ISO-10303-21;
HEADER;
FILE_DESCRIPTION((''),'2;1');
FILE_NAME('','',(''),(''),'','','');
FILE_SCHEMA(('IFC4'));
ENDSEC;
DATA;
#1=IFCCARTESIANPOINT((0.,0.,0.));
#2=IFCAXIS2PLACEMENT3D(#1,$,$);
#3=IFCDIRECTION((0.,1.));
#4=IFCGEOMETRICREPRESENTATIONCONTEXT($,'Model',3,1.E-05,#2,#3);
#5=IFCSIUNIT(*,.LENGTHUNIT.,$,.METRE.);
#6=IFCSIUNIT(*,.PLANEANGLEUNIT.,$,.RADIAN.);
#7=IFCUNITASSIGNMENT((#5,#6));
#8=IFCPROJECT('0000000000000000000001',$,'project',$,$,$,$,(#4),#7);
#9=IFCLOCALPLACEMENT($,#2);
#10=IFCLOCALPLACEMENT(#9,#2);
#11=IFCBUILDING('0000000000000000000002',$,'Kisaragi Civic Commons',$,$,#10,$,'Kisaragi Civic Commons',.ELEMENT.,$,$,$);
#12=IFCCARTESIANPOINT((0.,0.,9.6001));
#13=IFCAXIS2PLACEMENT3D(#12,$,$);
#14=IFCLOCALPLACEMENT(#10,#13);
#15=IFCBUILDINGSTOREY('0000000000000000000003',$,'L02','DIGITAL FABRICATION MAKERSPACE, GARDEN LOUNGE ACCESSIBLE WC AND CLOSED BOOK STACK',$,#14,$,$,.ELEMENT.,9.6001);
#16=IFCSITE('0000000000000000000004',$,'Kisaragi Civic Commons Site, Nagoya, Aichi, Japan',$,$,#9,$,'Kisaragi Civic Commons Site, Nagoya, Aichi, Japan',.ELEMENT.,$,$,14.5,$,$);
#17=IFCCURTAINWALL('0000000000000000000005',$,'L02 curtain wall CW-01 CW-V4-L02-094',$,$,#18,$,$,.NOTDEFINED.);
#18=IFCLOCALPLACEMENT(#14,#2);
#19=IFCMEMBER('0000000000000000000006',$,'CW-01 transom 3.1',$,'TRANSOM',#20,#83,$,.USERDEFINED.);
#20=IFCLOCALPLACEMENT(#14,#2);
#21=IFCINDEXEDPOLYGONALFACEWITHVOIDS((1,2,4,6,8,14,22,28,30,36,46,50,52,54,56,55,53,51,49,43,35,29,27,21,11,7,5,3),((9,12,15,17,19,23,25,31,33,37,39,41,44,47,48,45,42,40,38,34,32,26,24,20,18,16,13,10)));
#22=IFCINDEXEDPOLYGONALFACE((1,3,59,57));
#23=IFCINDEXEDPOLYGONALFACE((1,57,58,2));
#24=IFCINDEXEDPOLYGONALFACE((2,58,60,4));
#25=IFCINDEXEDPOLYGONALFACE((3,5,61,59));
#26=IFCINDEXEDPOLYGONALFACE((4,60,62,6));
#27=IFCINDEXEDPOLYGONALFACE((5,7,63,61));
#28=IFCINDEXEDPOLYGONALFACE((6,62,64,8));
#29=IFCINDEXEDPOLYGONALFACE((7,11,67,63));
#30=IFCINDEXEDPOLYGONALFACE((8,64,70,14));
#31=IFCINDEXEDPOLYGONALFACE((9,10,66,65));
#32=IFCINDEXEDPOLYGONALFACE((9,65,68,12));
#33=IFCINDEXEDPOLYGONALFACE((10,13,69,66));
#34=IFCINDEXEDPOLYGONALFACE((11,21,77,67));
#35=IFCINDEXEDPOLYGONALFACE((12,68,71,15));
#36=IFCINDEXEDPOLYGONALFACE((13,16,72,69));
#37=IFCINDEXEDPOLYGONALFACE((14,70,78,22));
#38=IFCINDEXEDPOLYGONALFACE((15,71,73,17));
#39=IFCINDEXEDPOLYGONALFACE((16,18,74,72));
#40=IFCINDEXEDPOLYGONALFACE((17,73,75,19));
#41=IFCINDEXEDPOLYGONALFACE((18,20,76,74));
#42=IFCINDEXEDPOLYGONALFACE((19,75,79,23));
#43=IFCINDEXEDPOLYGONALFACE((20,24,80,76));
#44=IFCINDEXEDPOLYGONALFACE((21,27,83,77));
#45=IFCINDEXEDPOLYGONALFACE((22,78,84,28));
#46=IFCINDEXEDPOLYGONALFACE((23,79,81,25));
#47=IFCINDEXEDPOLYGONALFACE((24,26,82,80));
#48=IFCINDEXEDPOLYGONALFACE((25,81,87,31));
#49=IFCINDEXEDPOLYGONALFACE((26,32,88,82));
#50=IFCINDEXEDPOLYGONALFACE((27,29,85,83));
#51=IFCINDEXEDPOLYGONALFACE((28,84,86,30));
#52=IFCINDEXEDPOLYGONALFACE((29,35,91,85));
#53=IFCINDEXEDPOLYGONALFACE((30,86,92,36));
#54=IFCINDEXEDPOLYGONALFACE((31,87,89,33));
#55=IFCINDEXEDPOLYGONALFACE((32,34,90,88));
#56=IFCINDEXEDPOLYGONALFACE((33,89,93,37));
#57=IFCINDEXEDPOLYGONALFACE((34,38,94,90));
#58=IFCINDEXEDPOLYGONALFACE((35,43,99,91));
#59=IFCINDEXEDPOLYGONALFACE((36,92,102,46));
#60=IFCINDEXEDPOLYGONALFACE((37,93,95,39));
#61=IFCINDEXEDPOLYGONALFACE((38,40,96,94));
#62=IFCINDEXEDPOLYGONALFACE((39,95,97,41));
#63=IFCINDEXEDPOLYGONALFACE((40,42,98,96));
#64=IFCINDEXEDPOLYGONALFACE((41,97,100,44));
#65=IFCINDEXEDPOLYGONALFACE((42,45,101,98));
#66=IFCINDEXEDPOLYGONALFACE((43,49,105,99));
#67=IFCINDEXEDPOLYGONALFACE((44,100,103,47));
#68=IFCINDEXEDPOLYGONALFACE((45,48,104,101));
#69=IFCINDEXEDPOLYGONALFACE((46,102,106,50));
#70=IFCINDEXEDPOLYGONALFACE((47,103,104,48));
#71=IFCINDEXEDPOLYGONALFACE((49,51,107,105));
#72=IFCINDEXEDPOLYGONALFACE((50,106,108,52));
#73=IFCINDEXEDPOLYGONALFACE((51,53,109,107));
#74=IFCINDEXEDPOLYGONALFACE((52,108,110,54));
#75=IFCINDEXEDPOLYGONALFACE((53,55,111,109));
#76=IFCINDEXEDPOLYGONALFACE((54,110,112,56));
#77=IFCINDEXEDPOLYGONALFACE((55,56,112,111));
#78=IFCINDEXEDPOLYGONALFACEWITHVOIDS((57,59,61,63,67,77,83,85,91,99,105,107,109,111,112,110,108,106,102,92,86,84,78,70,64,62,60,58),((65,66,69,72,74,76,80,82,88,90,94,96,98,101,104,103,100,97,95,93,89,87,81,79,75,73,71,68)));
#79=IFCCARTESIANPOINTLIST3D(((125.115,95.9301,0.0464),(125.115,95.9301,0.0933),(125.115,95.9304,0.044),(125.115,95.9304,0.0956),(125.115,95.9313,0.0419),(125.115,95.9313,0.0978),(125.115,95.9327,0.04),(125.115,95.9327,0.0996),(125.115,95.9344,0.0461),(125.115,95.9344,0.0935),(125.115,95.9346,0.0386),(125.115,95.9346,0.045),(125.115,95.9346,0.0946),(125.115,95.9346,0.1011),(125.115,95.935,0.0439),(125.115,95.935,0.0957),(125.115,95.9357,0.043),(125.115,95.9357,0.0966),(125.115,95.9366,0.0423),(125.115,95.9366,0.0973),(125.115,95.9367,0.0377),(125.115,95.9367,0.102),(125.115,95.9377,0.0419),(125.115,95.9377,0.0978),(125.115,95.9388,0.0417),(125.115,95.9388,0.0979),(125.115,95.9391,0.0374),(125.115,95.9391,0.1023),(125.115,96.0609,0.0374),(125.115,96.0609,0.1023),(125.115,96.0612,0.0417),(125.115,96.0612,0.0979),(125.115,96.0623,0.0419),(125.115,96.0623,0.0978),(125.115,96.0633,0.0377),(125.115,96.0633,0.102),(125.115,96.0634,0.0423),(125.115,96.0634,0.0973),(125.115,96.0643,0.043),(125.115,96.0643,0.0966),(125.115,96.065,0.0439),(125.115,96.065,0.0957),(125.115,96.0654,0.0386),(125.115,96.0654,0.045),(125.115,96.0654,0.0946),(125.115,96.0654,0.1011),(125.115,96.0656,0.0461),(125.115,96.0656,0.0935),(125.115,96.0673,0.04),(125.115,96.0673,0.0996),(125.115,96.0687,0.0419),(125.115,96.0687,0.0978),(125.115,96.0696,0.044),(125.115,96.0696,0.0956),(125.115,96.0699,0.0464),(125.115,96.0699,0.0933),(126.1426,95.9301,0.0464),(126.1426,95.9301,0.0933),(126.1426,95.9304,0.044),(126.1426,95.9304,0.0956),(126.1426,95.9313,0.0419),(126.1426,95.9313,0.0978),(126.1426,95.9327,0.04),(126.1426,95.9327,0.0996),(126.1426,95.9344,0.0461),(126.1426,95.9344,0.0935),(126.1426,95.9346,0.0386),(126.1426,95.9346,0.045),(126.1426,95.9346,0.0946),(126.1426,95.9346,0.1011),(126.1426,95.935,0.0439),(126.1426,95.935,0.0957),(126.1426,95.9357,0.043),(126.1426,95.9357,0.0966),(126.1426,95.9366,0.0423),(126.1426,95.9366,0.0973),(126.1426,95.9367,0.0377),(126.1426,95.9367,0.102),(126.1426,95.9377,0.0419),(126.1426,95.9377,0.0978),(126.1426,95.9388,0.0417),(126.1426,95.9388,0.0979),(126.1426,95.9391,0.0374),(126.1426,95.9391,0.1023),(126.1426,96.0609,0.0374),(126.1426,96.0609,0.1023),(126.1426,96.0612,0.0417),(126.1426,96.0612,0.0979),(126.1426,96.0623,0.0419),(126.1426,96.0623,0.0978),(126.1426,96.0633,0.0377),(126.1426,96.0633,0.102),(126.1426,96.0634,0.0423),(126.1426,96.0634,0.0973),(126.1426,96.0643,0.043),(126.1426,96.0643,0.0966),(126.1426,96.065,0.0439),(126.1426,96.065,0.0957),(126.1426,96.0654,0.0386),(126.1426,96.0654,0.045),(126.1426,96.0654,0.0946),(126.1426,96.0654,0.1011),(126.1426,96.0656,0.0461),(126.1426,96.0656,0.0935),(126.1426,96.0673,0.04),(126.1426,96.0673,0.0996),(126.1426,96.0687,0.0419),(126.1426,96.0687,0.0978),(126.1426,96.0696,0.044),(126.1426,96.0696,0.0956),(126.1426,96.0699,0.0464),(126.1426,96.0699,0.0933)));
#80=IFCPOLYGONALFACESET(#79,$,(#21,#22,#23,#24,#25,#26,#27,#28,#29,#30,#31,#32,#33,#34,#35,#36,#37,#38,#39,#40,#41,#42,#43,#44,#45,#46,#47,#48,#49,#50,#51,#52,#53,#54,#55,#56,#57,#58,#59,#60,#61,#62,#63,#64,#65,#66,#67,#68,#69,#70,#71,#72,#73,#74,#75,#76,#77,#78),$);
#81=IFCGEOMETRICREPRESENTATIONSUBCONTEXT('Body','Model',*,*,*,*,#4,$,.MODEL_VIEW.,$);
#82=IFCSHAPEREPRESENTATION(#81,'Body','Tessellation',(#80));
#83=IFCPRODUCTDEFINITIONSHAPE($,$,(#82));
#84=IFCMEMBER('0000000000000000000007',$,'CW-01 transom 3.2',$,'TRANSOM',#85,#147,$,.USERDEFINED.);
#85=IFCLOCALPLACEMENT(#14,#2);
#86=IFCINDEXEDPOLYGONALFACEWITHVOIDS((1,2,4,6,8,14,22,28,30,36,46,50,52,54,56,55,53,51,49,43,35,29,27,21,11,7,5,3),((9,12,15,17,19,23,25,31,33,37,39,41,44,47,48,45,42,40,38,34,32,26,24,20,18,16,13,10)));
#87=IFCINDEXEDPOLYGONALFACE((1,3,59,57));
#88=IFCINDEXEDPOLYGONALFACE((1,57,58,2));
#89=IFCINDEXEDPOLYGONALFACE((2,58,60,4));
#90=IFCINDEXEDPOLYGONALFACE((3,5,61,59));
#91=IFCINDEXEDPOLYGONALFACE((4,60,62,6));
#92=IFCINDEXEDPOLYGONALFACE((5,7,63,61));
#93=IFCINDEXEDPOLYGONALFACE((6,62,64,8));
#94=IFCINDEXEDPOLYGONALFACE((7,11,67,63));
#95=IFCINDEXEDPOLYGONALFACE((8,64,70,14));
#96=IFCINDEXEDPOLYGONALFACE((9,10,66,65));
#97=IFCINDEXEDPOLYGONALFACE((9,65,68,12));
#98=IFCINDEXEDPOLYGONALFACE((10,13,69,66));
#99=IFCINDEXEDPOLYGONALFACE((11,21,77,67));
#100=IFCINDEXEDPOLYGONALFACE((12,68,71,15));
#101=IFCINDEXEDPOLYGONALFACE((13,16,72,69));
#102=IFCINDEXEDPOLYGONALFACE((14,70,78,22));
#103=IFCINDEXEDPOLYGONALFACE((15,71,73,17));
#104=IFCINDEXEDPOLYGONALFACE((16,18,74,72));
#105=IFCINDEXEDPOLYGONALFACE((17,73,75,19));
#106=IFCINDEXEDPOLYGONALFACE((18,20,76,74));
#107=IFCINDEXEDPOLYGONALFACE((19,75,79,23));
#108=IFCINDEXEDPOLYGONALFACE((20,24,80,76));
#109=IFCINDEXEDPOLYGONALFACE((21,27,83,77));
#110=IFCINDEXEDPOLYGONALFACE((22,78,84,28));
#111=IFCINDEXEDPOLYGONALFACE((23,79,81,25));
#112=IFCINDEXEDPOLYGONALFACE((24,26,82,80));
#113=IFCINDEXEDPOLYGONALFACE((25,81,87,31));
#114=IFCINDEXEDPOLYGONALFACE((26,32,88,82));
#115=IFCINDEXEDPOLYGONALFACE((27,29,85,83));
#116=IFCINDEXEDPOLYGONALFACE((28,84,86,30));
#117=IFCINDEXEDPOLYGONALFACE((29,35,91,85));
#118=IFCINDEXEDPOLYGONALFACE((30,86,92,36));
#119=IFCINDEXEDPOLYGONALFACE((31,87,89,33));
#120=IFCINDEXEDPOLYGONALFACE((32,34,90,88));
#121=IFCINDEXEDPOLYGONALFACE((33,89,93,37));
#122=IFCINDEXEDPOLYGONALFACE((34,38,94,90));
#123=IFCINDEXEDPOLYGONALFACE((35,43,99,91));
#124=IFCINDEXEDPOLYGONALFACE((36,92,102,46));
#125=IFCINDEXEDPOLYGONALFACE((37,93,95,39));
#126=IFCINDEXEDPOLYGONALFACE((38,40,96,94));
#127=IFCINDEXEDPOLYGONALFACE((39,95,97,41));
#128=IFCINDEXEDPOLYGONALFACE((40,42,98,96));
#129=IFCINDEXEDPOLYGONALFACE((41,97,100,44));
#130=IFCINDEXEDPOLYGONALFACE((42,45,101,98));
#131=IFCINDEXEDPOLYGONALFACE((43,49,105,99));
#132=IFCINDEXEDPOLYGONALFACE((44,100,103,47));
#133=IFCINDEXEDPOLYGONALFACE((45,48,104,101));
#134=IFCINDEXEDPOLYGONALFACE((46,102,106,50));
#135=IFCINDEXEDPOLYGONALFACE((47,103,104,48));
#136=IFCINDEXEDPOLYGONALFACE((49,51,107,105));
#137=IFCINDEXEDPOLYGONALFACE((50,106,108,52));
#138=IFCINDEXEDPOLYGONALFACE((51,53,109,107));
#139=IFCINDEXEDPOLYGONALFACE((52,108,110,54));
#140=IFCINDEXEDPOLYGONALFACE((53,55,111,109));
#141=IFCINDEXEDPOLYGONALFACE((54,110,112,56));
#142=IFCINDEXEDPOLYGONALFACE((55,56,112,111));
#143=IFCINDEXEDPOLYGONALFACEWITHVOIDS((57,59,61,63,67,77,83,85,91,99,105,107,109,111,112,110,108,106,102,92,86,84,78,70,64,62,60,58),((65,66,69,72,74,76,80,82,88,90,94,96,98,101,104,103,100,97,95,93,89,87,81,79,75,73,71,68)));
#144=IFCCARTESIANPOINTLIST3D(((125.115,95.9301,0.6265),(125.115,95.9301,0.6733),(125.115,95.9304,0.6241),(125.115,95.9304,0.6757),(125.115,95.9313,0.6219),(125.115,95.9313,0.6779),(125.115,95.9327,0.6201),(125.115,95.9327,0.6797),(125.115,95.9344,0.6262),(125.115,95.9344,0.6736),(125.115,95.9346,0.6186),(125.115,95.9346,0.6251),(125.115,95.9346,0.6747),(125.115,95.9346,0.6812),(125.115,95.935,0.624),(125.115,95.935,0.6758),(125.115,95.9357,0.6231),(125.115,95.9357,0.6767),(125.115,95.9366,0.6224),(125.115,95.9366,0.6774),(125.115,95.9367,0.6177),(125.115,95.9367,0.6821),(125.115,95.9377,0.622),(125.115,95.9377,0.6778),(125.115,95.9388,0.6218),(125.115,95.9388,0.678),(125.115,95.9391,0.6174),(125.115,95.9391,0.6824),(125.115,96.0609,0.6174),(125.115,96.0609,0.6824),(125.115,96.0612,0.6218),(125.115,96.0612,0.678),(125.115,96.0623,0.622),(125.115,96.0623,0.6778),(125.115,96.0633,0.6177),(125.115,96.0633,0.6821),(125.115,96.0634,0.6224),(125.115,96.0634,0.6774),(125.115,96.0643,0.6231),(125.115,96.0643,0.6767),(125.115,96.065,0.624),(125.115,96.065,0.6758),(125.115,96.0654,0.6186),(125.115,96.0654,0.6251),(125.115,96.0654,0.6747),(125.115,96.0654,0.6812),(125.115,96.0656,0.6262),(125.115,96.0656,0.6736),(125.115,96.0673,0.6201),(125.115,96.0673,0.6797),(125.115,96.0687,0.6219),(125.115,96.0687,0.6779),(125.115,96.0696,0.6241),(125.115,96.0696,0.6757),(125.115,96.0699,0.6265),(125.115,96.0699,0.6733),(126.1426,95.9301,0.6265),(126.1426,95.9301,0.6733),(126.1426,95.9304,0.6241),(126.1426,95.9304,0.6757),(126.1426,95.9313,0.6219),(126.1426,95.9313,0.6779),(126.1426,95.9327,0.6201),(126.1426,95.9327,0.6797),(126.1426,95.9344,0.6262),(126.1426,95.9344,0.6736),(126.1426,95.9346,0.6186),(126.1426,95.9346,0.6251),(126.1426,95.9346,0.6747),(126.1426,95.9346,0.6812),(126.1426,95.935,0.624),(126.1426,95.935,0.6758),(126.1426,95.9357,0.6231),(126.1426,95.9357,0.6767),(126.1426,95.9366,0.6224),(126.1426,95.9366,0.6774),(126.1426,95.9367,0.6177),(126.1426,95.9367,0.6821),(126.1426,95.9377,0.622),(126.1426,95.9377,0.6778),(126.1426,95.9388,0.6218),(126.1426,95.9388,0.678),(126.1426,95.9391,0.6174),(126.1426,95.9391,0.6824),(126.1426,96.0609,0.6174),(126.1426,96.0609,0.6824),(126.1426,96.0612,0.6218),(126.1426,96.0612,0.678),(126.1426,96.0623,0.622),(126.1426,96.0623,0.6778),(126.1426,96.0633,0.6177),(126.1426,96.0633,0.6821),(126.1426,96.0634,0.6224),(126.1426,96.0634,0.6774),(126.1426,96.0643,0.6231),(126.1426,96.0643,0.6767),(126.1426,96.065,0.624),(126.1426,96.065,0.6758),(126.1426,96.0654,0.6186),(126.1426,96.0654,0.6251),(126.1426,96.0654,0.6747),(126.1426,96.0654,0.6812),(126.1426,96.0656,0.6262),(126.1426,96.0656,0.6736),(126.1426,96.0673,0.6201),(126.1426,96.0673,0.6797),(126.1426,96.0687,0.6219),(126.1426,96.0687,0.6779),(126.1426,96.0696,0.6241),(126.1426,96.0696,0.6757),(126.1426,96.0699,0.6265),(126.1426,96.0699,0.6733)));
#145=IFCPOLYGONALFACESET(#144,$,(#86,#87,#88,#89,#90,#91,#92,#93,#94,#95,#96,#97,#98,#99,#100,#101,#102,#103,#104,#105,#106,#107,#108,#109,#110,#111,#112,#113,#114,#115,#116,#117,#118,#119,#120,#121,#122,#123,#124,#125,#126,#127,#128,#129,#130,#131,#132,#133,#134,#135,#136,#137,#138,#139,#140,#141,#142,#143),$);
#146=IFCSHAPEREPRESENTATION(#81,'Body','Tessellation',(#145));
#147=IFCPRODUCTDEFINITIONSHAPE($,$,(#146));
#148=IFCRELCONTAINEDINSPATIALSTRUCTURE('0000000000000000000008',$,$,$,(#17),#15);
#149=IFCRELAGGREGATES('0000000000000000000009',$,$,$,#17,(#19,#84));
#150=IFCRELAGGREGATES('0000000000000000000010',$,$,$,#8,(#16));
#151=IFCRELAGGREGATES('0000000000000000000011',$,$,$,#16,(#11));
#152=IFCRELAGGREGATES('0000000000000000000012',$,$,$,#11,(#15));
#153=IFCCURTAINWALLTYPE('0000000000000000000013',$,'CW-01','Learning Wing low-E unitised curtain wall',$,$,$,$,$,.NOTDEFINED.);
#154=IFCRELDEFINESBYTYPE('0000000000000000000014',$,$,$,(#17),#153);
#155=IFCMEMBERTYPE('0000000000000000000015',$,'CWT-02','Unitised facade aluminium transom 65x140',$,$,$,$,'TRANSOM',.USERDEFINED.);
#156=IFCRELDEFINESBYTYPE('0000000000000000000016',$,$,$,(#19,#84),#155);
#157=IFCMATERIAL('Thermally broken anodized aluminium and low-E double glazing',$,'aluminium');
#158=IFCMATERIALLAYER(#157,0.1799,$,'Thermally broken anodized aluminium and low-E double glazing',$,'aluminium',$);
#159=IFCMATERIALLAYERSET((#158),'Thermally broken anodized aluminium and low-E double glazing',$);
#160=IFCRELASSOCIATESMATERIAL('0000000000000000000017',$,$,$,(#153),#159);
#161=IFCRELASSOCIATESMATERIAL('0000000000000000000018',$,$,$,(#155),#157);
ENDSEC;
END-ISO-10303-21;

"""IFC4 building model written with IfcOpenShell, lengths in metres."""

from ifc_helpers import new_model, si_unit, direction, frame, origin, origin_2d, place, context, subcontext, project, spatial, hollow_rectangle, extrude, material, layer, layer_set, material_profile, profile_set, type_object, element, aggregate, save


model = new_model("IFC4")

# Units and contexts
model_context = context("Model", 3, precision=1e-05, world=origin(), true_north=direction((0.0, 1.0)))
body_context = subcontext(model_context, "Body", "Model", "MODEL_VIEW")
ifc_project = project(units=[si_unit("LENGTHUNIT", "METRE"), si_unit("PLANEANGLEUNIT", "RADIAN")], contexts=[model_context])

# Site, building, storey
site_placement = place(None, origin())
site = spatial("IfcSite", under=ifc_project, at=site_placement, Name="Kisaragi Civic Commons Site, Nagoya, Aichi, Japan", LongName="Kisaragi Civic Commons Site, Nagoya, Aichi, Japan", CompositionType="ELEMENT", RefElevation=14.5)
building_placement = place(site_placement, origin())
building = spatial("IfcBuilding", under=site, at=building_placement, Name="Kisaragi Civic Commons", LongName="Kisaragi Civic Commons", CompositionType="ELEMENT")
storey_placement = place(building_placement, frame((0.0, 0.0, 9.6001)))
storey = spatial("IfcBuildingStorey", under=building, at=storey_placement, Name="L02", Description="DIGITAL FABRICATION MAKERSPACE, GARDEN LOUNGE ACCESSIBLE WC AND CLOSED BOOK STACK", CompositionType="ELEMENT", Elevation=9.6001)

# Curtain wall, members
ifc_material_1 = material(Name="Thermally broken anodized aluminium and low-E double glazing", Category="aluminium")
ifc_layer_1 = layer(ifc_material_1, 0.1799, Name="Thermally broken anodized aluminium and low-E double glazing", Category="aluminium")
ifc_layer_set_1 = layer_set([ifc_layer_1], Name="Thermally broken anodized aluminium and low-E double glazing")
curtain_wall_type = type_object("IfcCurtainWallType", Name="CW-01", Description="Learning Wing low-E unitised curtain wall", PredefinedType="NOTDEFINED", material=ifc_layer_set_1)
curtain_wall_placement = place(storey_placement, origin())
curtain_wall = element("IfcCurtainWall", 1, at=curtain_wall_placement, inside=storey, type_object=curtain_wall_type, Name="L02 curtain wall CW-01 CW-V4-L02-094", PredefinedType="NOTDEFINED")
ifc_material_profile_1 = material_profile(ifc_material_1, hollow_rectangle(XDim=0.1399, YDim=0.0649, WallThickness=0.0044, InnerFilletRadius=0.0044, OuterFilletRadius=0.009, at=origin_2d()), Name="CWT-65x140x4.5", Category="aluminium")
ifc_profile_set_1 = profile_set([ifc_material_profile_1], Name="Thermally broken anodized aluminium and low-E double glazing")
member_type_1 = type_object("IfcMemberType", Name="CWT-02", Description="Unitised facade aluminium transom 65x140", ElementType="TRANSOM", PredefinedType="USERDEFINED", material=ifc_profile_set_1)
member_1_placement = place(storey_placement, frame((126.1426, 96.0, 0.0698), z_axis=(-1.0, 0.0, 0.0), x_axis=(0.0, -1.0, 0.0)))
member_1 = element("IfcMember", 2, at=member_1_placement, type_object=member_type_1, Name="CW-01 transom 3.1", ObjectType="TRANSOM", PredefinedType="USERDEFINED", context=body_context, shape_type="SweptSolid", body=[
    extrude(hollow_rectangle(XDim=0.1399, YDim=0.0649, WallThickness=0.0044, InnerFilletRadius=0.0044, OuterFilletRadius=0.009, at=origin_2d()), origin(), (0.0, 0.0, 1.0), 1.0276),
])
member_2_placement = place(storey_placement, frame((126.1426, 96.0, 0.6499), z_axis=(-1.0, 0.0, 0.0), x_axis=(0.0, -1.0, 0.0)))
member_2 = element("IfcMember", 3, at=member_2_placement, type_object=member_type_1, Name="CW-01 transom 3.2", ObjectType="TRANSOM", PredefinedType="USERDEFINED", context=body_context, shape_type="SweptSolid", body=[
    extrude(hollow_rectangle(XDim=0.1399, YDim=0.0649, WallThickness=0.0044, InnerFilletRadius=0.0044, OuterFilletRadius=0.009, at=origin_2d()), origin(), (0.0, 0.0, 1.0), 1.0276),
])

aggregate(curtain_wall, [member_1, member_2])

save(model, "model.ifc")
